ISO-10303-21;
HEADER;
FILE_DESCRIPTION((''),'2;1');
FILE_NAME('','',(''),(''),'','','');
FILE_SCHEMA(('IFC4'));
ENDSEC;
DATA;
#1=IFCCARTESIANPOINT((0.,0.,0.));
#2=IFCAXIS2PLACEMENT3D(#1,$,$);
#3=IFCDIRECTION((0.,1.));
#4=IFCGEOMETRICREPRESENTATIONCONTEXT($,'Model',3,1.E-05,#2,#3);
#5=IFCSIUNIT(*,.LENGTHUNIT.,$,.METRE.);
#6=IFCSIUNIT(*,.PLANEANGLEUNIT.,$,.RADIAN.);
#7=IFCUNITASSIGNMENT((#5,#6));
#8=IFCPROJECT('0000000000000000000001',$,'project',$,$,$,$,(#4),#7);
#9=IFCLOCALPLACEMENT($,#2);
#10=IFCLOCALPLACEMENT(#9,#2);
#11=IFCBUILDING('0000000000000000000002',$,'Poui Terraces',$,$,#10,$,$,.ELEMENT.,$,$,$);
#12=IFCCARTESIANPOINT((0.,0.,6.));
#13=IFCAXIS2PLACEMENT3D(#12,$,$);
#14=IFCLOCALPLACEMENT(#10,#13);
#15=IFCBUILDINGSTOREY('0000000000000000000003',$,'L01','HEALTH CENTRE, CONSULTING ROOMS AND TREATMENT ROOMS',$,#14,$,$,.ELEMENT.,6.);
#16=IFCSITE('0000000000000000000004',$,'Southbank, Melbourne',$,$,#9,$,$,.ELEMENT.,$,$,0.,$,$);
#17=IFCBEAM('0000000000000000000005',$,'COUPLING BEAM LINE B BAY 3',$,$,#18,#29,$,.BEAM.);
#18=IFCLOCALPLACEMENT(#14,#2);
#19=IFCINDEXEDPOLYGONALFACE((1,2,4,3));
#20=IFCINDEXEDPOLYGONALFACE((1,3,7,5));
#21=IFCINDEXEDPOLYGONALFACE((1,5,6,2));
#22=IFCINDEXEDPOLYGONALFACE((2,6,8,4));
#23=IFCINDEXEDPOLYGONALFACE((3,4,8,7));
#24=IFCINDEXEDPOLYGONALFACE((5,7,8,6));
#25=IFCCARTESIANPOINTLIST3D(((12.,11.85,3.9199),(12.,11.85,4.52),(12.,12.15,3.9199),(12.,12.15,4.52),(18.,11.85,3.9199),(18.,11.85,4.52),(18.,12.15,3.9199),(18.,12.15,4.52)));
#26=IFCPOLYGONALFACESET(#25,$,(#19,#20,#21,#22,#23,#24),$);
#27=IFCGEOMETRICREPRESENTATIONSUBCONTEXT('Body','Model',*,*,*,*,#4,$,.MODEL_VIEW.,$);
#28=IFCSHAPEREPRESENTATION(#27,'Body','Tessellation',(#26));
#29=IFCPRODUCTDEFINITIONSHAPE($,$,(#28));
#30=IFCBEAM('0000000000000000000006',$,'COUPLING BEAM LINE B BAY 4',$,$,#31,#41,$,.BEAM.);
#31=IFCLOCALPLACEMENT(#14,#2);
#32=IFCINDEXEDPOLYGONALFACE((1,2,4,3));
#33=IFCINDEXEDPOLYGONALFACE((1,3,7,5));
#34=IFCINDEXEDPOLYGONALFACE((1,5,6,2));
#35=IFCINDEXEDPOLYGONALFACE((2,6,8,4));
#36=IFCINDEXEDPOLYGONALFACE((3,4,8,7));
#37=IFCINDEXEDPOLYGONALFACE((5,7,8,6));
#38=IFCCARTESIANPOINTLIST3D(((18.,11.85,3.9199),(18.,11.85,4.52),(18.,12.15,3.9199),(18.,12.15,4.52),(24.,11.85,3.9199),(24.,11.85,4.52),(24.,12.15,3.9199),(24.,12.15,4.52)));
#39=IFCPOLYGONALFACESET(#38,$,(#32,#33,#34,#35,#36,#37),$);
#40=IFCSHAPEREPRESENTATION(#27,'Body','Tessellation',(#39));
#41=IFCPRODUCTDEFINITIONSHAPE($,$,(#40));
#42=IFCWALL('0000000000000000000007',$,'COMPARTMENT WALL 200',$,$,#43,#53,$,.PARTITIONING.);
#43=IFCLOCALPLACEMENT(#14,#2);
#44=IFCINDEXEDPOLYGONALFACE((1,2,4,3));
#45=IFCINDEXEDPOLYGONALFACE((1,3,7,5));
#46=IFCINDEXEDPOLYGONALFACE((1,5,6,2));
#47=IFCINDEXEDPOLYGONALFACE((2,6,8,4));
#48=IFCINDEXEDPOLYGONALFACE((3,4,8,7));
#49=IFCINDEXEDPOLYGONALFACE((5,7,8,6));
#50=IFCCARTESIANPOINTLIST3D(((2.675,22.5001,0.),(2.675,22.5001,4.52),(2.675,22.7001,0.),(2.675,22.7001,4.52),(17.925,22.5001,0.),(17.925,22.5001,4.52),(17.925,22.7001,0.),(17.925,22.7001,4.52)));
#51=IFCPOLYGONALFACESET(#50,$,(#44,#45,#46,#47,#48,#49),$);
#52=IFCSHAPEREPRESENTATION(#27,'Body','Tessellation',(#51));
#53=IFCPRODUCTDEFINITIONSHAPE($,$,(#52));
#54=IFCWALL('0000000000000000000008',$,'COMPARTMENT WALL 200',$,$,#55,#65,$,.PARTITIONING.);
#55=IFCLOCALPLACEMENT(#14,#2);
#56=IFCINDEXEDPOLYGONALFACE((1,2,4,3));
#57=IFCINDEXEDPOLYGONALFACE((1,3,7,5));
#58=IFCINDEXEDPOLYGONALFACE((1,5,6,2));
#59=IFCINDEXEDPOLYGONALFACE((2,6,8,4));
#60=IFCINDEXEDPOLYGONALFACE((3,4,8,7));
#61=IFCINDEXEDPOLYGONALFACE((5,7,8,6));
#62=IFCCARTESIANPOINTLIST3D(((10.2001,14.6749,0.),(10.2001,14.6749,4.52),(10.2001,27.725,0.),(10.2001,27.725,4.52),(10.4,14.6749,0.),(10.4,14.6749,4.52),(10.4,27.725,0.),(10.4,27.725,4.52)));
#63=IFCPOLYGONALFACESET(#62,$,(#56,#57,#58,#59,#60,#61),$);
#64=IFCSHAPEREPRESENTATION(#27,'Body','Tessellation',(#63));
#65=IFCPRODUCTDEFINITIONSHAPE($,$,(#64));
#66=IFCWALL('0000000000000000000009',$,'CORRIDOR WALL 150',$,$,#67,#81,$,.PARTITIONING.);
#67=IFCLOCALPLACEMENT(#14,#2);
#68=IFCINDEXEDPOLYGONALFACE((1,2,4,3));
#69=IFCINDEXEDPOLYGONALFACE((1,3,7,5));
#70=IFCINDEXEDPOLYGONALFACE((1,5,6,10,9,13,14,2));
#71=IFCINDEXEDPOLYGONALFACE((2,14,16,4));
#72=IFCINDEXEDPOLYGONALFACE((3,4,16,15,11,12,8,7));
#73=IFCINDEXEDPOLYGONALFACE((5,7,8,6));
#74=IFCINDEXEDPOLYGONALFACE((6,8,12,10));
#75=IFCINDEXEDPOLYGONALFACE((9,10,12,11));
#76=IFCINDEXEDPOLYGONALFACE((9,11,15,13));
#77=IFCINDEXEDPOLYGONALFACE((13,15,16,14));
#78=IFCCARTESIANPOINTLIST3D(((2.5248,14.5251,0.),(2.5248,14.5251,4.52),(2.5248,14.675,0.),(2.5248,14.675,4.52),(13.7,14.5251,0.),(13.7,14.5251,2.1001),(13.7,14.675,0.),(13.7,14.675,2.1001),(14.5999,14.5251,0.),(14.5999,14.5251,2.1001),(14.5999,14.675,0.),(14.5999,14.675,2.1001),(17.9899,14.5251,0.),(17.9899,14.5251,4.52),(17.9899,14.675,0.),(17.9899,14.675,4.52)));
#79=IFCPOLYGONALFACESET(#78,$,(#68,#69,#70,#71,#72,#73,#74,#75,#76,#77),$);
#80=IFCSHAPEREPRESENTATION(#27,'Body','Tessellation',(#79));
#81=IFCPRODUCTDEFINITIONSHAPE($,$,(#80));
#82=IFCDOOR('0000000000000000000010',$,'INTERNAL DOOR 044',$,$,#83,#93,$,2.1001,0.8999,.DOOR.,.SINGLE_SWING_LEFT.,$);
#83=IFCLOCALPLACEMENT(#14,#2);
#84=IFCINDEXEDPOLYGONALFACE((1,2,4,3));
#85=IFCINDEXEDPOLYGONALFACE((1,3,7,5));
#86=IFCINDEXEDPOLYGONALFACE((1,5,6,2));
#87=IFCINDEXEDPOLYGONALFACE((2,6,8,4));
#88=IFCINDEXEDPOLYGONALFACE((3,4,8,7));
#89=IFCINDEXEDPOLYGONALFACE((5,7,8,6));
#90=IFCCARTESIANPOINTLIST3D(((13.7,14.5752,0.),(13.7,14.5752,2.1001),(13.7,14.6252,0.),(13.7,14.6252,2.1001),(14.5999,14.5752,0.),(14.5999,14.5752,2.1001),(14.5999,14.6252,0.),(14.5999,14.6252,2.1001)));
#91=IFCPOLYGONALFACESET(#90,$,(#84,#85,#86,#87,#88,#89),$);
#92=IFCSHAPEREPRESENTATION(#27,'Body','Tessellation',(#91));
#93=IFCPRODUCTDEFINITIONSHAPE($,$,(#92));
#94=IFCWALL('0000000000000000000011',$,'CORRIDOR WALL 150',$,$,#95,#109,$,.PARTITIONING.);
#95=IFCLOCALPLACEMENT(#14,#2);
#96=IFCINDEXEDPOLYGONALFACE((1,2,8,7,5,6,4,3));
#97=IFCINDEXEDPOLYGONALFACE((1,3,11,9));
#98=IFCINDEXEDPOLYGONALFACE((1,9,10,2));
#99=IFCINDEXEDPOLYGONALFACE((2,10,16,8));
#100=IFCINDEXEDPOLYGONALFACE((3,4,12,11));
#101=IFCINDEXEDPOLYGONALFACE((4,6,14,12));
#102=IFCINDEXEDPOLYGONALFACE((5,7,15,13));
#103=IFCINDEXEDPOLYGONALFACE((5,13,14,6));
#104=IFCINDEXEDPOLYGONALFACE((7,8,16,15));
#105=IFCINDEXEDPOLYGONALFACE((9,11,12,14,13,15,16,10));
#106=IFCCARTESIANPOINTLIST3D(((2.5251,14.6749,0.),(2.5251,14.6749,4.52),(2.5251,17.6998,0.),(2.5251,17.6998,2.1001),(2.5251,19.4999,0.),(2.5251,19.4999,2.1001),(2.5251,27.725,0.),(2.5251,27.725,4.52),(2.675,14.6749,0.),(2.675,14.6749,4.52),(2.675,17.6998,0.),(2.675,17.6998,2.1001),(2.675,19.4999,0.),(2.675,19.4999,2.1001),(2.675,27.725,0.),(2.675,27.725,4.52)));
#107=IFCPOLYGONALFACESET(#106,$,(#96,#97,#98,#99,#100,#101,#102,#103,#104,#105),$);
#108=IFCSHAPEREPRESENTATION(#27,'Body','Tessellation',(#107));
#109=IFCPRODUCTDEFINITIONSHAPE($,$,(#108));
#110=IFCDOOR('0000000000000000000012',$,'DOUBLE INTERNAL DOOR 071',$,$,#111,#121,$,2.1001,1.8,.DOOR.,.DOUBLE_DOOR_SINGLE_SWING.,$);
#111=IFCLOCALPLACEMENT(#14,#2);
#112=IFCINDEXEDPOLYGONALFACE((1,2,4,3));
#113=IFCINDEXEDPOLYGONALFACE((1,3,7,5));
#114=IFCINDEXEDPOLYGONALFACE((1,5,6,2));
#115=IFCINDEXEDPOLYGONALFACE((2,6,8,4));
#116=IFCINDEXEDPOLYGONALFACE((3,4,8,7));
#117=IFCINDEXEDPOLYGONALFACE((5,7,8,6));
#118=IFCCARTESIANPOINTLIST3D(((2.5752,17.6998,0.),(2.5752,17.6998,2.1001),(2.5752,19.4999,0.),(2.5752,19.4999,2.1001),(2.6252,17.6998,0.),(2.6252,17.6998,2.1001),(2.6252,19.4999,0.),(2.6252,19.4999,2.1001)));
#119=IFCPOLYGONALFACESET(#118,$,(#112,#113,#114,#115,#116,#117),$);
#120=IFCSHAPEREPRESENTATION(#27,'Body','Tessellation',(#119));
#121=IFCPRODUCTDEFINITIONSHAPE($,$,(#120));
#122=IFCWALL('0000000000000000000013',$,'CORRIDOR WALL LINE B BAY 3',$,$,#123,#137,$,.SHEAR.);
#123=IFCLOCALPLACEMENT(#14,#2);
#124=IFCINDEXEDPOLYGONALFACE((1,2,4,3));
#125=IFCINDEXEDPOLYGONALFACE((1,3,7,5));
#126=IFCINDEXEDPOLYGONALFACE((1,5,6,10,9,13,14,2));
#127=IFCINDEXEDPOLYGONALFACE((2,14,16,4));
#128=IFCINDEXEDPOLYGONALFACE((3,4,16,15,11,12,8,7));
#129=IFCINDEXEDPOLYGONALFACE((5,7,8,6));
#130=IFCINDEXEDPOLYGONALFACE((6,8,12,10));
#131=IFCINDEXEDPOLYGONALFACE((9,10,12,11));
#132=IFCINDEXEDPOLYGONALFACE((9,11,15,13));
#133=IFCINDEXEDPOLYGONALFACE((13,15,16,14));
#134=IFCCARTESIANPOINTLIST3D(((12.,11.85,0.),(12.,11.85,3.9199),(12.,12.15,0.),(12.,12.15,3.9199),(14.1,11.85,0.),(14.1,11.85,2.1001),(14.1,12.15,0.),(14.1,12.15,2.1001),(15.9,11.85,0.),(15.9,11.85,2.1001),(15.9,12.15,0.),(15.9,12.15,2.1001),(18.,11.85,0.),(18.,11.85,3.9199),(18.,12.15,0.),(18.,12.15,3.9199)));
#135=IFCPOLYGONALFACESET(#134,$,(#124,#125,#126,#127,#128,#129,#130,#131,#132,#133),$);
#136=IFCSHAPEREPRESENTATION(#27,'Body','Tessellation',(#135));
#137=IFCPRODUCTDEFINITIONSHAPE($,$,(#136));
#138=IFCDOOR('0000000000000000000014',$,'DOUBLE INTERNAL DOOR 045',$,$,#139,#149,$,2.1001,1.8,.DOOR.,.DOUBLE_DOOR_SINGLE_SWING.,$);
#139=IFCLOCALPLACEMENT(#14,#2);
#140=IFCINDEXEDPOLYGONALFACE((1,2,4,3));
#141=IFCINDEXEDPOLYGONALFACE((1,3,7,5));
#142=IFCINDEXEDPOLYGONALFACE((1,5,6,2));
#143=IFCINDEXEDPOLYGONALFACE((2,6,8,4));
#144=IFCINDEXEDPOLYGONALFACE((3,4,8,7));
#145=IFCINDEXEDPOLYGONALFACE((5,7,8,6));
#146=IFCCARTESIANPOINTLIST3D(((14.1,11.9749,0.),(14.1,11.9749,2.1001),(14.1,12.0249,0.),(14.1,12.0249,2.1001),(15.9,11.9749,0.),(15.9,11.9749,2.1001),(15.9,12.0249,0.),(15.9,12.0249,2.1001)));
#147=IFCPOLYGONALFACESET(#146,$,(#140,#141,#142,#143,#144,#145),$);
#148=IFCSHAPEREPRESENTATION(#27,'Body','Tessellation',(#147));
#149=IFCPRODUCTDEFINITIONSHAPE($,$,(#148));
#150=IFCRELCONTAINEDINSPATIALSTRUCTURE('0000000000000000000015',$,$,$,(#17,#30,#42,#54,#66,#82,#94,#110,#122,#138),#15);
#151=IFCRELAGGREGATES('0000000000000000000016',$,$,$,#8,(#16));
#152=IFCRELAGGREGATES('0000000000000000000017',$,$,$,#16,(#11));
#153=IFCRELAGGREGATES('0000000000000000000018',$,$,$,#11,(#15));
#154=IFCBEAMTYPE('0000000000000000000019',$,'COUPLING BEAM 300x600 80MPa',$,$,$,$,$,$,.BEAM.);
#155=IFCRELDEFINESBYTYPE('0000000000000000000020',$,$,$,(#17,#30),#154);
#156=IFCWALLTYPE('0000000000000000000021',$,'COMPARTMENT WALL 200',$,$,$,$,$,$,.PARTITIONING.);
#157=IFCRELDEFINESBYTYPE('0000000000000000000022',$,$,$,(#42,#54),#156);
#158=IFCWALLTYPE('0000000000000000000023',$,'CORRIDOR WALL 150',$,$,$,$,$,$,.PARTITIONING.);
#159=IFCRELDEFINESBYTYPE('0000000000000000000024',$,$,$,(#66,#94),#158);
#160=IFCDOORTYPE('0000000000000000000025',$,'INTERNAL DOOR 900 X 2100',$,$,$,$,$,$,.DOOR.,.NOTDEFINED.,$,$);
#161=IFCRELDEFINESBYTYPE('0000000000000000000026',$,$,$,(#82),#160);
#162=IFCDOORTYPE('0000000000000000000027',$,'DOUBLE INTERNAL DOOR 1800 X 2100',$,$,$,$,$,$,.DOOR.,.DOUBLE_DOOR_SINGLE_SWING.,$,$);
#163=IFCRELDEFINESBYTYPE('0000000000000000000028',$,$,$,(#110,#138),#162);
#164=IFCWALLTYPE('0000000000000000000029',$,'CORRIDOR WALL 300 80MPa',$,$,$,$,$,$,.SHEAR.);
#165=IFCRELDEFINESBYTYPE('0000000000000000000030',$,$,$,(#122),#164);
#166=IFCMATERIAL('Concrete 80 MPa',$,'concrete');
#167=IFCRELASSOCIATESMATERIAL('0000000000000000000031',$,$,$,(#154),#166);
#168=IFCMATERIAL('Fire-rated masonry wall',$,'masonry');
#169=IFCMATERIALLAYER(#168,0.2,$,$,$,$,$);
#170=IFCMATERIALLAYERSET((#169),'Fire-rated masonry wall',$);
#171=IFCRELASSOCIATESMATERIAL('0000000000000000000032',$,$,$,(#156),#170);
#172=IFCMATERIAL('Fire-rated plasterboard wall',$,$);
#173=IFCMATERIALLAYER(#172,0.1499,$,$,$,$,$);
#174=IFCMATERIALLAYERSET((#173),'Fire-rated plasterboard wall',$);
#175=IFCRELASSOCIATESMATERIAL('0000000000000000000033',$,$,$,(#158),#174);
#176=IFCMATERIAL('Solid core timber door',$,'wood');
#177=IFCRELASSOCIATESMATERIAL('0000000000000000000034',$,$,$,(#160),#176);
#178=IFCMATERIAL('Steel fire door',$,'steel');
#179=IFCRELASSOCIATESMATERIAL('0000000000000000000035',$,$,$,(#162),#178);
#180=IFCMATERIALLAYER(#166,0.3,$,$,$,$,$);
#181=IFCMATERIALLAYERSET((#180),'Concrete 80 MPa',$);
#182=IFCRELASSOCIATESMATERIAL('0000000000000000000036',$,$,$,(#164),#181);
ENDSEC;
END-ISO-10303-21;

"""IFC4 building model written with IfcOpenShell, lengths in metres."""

from ifc_helpers import new_model, si_unit, direction, frame, frame_2d, origin, origin_2d, place, context, subcontext, project, spatial, rectangle, extrude, source, transform, mapped, material, layer, layer_set, material_profile, profile_set, type_object, element, fill, save


model = new_model("IFC4")

# Units and contexts
model_context = context("Model", 3, precision=1e-05, world=origin(), true_north=direction((0.0, 1.0)))
body_context = subcontext(model_context, "Body", "Model", "MODEL_VIEW")
ifc_project = project(units=[si_unit("LENGTHUNIT", "METRE"), si_unit("PLANEANGLEUNIT", "RADIAN")], contexts=[model_context])

# Site, building, storey
site_placement = place(None, origin())
site = spatial("IfcSite", under=ifc_project, at=site_placement, Name="Southbank, Melbourne", CompositionType="ELEMENT", RefElevation=0.0)
building_placement = place(site_placement, origin())
building = spatial("IfcBuilding", under=site, at=building_placement, Name="Poui Terraces", CompositionType="ELEMENT")
storey_placement = place(building_placement, frame((0.0, 0.0, 6.0)))
storey = spatial("IfcBuildingStorey", under=building, at=storey_placement, Name="L01", Description="HEALTH CENTRE, CONSULTING ROOMS AND TREATMENT ROOMS", CompositionType="ELEMENT", Elevation=6.0)

# Beams
ifc_material_1 = material(Name="Concrete 80 MPa", Category="concrete")
ifc_material_profile = material_profile(ifc_material_1, rectangle(XDim=0.3, YDim=0.6001, at=origin_2d()), Name="RC 300x600")
ifc_profile_set = profile_set([ifc_material_profile], Name="Concrete 80 MPa")
beam_type = type_object("IfcBeamType", Name="COUPLING BEAM 300x600 80MPa", PredefinedType="BEAM", material=ifc_profile_set)
shared_shape = source(origin(), body_context, "Body", "SweptSolid", [
    extrude(rectangle(XDim=0.3, YDim=0.6001, at=origin_2d()), origin(), (0.0, 0.0, 1.0), 6.0),
])
for number, where, z_axis, x_axis, name in (
    (1, (12.0, 12.0, 4.22), (1.0, 0.0, 0.0), (0.0, 1.0, 0.0), "COUPLING BEAM LINE B BAY 3"),
    (2, (18.0, 12.0, 4.22), (1.0, 0.0, 0.0), (0.0, 1.0, 0.0), "COUPLING BEAM LINE B BAY 4"),
):
    element("IfcBeam", number, at=place(storey_placement, frame(where, z_axis=z_axis, x_axis=x_axis)), inside=storey, type_object=beam_type, Name=name, PredefinedType="BEAM", context=body_context, shape_type="MappedRepresentation", body=[
        mapped(shared_shape, transform((0.0, 0.0, 0.0))),
    ])

# Walls
ifc_material_2 = material(Name="Fire-rated masonry wall", Category="masonry")
ifc_layer_1 = layer(ifc_material_2, 0.2)
ifc_layer_set_1 = layer_set([ifc_layer_1], Name="Fire-rated masonry wall")
wall_type_1 = type_object("IfcWallType", Name="COMPARTMENT WALL 200", PredefinedType="PARTITIONING", material=ifc_layer_set_1)
wall_1_placement = place(storey_placement, frame((2.675, 22.6001, 0.0), z_axis=(0.0, 0.0, 1.0), x_axis=(1.0, 0.0, 0.0)))
element("IfcWall", 3, at=wall_1_placement, inside=storey, type_object=wall_type_1, Name="COMPARTMENT WALL 200", PredefinedType="PARTITIONING", context=body_context, shape_type="SweptSolid", body=[
    extrude(rectangle(XDim=15.25, YDim=0.2, at=frame_2d((7.625, 0.0))), origin(), (0.0, 0.0, 1.0), 4.52),
])
wall_2_placement = place(storey_placement, frame((10.3, 14.675, 0.0), z_axis=(0.0, 0.0, 1.0), x_axis=(0.0, 1.0, 0.0)))
element("IfcWall", 4, at=wall_2_placement, inside=storey, type_object=wall_type_1, Name="COMPARTMENT WALL 200", PredefinedType="PARTITIONING", context=body_context, shape_type="SweptSolid", body=[
    extrude(rectangle(XDim=13.05, YDim=0.2, at=frame_2d((6.5249, 0.0))), origin(), (0.0, 0.0, 1.0), 4.52),
])

# Walls, openings, doors
ifc_material_3 = material(Name="Fire-rated plasterboard wall")
ifc_layer_2 = layer(ifc_material_3, 0.1499)
ifc_layer_set_2 = layer_set([ifc_layer_2], Name="Fire-rated plasterboard wall")
wall_type_2 = type_object("IfcWallType", Name="CORRIDOR WALL 150", PredefinedType="PARTITIONING", material=ifc_layer_set_2)
wall_3_placement = place(storey_placement, frame((2.5249, 14.6001, 0.0), z_axis=(0.0, 0.0, 1.0), x_axis=(1.0, 0.0, 0.0)))
wall_3 = element("IfcWall", 5, at=wall_3_placement, inside=storey, type_object=wall_type_2, Name="CORRIDOR WALL 150", PredefinedType="PARTITIONING", context=body_context, shape_type="SweptSolid", body=[
    extrude(rectangle(XDim=15.4651, YDim=0.1499, at=frame_2d((7.7324, 0.0))), origin(), (0.0, 0.0, 1.0), 4.52),
])
opening_1_placement = place(wall_3_placement, frame((11.175, 0.0, 0.0)))
opening_1 = element("IfcOpeningElement", 6, at=opening_1_placement, cuts=wall_3, PredefinedType="OPENING", context=body_context, shape_type="SweptSolid", body=[
    extrude(rectangle(XDim=0.8999, YDim=2.1001, at=frame_2d((0.45, 1.05))), frame((0.0, 0.085, 0.0), z_axis=(0.0, -1.0, 0.0), x_axis=(1.0, 0.0, 0.0)), (0.0, 0.0, 1.0), 0.1699),
])
ifc_material_4 = material(Name="Solid core timber door", Category="wood")
door_type_1 = type_object("IfcDoorType", Name="INTERNAL DOOR 900 X 2100", OperationType="NOTDEFINED", PredefinedType="DOOR", material=ifc_material_4)
door_1_placement = place(opening_1_placement, frame((0.8999, 0.0, 0.0), z_axis=(0.0, 0.0, 1.0), x_axis=(-1.0, 0.0, 0.0)))
door_1 = element("IfcDoor", 7, at=door_1_placement, inside=storey, type_object=door_type_1, Name="INTERNAL DOOR 044", OperationType="SINGLE_SWING_LEFT", OverallHeight=2.1001, OverallWidth=0.8999, PredefinedType="DOOR", context=body_context, shape_type="SweptSolid", body=[
    extrude(rectangle(XDim=0.8999, YDim=2.1001, at=frame_2d((0.45, 1.05))), frame((0.0, 0.0249, 0.0), z_axis=(0.0, -1.0, 0.0), x_axis=(1.0, 0.0, 0.0)), (0.0, 0.0, 1.0), 0.05),
])
fill(opening_1, door_1)
wall_4_placement = place(storey_placement, frame((2.6001, 14.675, 0.0), z_axis=(0.0, 0.0, 1.0), x_axis=(0.0, 1.0, 0.0)))
wall_4 = element("IfcWall", 8, at=wall_4_placement, inside=storey, type_object=wall_type_2, Name="CORRIDOR WALL 150", PredefinedType="PARTITIONING", context=body_context, shape_type="SweptSolid", body=[
    extrude(rectangle(XDim=13.05, YDim=0.1499, at=frame_2d((6.5249, 0.0))), origin(), (0.0, 0.0, 1.0), 4.52),
])
opening_2_placement = place(wall_4_placement, frame((3.0249, 0.0, 0.0)))
opening_2 = element("IfcOpeningElement", 9, at=opening_2_placement, cuts=wall_4, PredefinedType="OPENING", context=body_context, shape_type="SweptSolid", body=[
    extrude(rectangle(XDim=1.8, YDim=2.1001, at=frame_2d((0.8999, 1.05))), frame((0.0, 0.085, 0.0), z_axis=(0.0, -1.0, 0.0), x_axis=(1.0, 0.0, 0.0)), (0.0, 0.0, 1.0), 0.1699),
])
ifc_material_5 = material(Name="Steel fire door", Category="steel")
door_type_2 = type_object("IfcDoorType", Name="DOUBLE INTERNAL DOOR 1800 X 2100", OperationType="DOUBLE_DOOR_SINGLE_SWING", PredefinedType="DOOR", material=ifc_material_5)
door_2_placement = place(opening_2_placement, origin())
door_2 = element("IfcDoor", 10, at=door_2_placement, inside=storey, type_object=door_type_2, Name="DOUBLE INTERNAL DOOR 071", OperationType="DOUBLE_DOOR_SINGLE_SWING", OverallHeight=2.1001, OverallWidth=1.8, PredefinedType="DOOR", context=body_context, shape_type="SweptSolid", body=[
    extrude(rectangle(XDim=1.8, YDim=2.1001, at=frame_2d((0.8999, 1.05))), frame((0.0, 0.0249, 0.0), z_axis=(0.0, -1.0, 0.0), x_axis=(1.0, 0.0, 0.0)), (0.0, 0.0, 1.0), 0.05),
])
fill(opening_2, door_2)
ifc_layer_3 = layer(ifc_material_1, 0.3)
ifc_layer_set_3 = layer_set([ifc_layer_3], Name="Concrete 80 MPa")
wall_type_3 = type_object("IfcWallType", Name="CORRIDOR WALL 300 80MPa", PredefinedType="SHEAR", material=ifc_layer_set_3)
wall_5_placement = place(storey_placement, frame((12.0, 12.0, 0.0), z_axis=(0.0, 0.0, 1.0), x_axis=(1.0, 0.0, 0.0)))
wall_5 = element("IfcWall", 11, at=wall_5_placement, inside=storey, type_object=wall_type_3, Name="CORRIDOR WALL LINE B BAY 3", PredefinedType="SHEAR", context=body_context, shape_type="SweptSolid", body=[
    extrude(rectangle(XDim=6.0, YDim=0.3, at=frame_2d((3.0, 0.0))), origin(), (0.0, 0.0, 1.0), 3.9199),
])
opening_3_placement = place(wall_5_placement, frame((2.1001, 0.0, 0.0)))
opening_3 = element("IfcOpeningElement", 12, at=opening_3_placement, cuts=wall_5, PredefinedType="OPENING", context=body_context, shape_type="SweptSolid", body=[
    extrude(rectangle(XDim=1.8, YDim=2.1001, at=frame_2d((0.8999, 1.05))), frame((0.0, 0.1602, 0.0), z_axis=(0.0, -1.0, 0.0), x_axis=(1.0, 0.0, 0.0)), (0.0, 0.0, 1.0), 0.3201),
])
door_3_placement = place(opening_3_placement, origin())
door_3 = element("IfcDoor", 13, at=door_3_placement, inside=storey, type_object=door_type_2, Name="DOUBLE INTERNAL DOOR 045", OperationType="DOUBLE_DOOR_SINGLE_SWING", OverallHeight=2.1001, OverallWidth=1.8, PredefinedType="DOOR", context=body_context, shape_type="SweptSolid", body=[
    extrude(rectangle(XDim=1.8, YDim=2.1001, at=frame_2d((0.8999, 1.05))), frame((0.0, 0.0249, 0.0), z_axis=(0.0, -1.0, 0.0), x_axis=(1.0, 0.0, 0.0)), (0.0, 0.0, 1.0), 0.05),
])
fill(opening_3, door_3)

save(model, "model.ifc")
